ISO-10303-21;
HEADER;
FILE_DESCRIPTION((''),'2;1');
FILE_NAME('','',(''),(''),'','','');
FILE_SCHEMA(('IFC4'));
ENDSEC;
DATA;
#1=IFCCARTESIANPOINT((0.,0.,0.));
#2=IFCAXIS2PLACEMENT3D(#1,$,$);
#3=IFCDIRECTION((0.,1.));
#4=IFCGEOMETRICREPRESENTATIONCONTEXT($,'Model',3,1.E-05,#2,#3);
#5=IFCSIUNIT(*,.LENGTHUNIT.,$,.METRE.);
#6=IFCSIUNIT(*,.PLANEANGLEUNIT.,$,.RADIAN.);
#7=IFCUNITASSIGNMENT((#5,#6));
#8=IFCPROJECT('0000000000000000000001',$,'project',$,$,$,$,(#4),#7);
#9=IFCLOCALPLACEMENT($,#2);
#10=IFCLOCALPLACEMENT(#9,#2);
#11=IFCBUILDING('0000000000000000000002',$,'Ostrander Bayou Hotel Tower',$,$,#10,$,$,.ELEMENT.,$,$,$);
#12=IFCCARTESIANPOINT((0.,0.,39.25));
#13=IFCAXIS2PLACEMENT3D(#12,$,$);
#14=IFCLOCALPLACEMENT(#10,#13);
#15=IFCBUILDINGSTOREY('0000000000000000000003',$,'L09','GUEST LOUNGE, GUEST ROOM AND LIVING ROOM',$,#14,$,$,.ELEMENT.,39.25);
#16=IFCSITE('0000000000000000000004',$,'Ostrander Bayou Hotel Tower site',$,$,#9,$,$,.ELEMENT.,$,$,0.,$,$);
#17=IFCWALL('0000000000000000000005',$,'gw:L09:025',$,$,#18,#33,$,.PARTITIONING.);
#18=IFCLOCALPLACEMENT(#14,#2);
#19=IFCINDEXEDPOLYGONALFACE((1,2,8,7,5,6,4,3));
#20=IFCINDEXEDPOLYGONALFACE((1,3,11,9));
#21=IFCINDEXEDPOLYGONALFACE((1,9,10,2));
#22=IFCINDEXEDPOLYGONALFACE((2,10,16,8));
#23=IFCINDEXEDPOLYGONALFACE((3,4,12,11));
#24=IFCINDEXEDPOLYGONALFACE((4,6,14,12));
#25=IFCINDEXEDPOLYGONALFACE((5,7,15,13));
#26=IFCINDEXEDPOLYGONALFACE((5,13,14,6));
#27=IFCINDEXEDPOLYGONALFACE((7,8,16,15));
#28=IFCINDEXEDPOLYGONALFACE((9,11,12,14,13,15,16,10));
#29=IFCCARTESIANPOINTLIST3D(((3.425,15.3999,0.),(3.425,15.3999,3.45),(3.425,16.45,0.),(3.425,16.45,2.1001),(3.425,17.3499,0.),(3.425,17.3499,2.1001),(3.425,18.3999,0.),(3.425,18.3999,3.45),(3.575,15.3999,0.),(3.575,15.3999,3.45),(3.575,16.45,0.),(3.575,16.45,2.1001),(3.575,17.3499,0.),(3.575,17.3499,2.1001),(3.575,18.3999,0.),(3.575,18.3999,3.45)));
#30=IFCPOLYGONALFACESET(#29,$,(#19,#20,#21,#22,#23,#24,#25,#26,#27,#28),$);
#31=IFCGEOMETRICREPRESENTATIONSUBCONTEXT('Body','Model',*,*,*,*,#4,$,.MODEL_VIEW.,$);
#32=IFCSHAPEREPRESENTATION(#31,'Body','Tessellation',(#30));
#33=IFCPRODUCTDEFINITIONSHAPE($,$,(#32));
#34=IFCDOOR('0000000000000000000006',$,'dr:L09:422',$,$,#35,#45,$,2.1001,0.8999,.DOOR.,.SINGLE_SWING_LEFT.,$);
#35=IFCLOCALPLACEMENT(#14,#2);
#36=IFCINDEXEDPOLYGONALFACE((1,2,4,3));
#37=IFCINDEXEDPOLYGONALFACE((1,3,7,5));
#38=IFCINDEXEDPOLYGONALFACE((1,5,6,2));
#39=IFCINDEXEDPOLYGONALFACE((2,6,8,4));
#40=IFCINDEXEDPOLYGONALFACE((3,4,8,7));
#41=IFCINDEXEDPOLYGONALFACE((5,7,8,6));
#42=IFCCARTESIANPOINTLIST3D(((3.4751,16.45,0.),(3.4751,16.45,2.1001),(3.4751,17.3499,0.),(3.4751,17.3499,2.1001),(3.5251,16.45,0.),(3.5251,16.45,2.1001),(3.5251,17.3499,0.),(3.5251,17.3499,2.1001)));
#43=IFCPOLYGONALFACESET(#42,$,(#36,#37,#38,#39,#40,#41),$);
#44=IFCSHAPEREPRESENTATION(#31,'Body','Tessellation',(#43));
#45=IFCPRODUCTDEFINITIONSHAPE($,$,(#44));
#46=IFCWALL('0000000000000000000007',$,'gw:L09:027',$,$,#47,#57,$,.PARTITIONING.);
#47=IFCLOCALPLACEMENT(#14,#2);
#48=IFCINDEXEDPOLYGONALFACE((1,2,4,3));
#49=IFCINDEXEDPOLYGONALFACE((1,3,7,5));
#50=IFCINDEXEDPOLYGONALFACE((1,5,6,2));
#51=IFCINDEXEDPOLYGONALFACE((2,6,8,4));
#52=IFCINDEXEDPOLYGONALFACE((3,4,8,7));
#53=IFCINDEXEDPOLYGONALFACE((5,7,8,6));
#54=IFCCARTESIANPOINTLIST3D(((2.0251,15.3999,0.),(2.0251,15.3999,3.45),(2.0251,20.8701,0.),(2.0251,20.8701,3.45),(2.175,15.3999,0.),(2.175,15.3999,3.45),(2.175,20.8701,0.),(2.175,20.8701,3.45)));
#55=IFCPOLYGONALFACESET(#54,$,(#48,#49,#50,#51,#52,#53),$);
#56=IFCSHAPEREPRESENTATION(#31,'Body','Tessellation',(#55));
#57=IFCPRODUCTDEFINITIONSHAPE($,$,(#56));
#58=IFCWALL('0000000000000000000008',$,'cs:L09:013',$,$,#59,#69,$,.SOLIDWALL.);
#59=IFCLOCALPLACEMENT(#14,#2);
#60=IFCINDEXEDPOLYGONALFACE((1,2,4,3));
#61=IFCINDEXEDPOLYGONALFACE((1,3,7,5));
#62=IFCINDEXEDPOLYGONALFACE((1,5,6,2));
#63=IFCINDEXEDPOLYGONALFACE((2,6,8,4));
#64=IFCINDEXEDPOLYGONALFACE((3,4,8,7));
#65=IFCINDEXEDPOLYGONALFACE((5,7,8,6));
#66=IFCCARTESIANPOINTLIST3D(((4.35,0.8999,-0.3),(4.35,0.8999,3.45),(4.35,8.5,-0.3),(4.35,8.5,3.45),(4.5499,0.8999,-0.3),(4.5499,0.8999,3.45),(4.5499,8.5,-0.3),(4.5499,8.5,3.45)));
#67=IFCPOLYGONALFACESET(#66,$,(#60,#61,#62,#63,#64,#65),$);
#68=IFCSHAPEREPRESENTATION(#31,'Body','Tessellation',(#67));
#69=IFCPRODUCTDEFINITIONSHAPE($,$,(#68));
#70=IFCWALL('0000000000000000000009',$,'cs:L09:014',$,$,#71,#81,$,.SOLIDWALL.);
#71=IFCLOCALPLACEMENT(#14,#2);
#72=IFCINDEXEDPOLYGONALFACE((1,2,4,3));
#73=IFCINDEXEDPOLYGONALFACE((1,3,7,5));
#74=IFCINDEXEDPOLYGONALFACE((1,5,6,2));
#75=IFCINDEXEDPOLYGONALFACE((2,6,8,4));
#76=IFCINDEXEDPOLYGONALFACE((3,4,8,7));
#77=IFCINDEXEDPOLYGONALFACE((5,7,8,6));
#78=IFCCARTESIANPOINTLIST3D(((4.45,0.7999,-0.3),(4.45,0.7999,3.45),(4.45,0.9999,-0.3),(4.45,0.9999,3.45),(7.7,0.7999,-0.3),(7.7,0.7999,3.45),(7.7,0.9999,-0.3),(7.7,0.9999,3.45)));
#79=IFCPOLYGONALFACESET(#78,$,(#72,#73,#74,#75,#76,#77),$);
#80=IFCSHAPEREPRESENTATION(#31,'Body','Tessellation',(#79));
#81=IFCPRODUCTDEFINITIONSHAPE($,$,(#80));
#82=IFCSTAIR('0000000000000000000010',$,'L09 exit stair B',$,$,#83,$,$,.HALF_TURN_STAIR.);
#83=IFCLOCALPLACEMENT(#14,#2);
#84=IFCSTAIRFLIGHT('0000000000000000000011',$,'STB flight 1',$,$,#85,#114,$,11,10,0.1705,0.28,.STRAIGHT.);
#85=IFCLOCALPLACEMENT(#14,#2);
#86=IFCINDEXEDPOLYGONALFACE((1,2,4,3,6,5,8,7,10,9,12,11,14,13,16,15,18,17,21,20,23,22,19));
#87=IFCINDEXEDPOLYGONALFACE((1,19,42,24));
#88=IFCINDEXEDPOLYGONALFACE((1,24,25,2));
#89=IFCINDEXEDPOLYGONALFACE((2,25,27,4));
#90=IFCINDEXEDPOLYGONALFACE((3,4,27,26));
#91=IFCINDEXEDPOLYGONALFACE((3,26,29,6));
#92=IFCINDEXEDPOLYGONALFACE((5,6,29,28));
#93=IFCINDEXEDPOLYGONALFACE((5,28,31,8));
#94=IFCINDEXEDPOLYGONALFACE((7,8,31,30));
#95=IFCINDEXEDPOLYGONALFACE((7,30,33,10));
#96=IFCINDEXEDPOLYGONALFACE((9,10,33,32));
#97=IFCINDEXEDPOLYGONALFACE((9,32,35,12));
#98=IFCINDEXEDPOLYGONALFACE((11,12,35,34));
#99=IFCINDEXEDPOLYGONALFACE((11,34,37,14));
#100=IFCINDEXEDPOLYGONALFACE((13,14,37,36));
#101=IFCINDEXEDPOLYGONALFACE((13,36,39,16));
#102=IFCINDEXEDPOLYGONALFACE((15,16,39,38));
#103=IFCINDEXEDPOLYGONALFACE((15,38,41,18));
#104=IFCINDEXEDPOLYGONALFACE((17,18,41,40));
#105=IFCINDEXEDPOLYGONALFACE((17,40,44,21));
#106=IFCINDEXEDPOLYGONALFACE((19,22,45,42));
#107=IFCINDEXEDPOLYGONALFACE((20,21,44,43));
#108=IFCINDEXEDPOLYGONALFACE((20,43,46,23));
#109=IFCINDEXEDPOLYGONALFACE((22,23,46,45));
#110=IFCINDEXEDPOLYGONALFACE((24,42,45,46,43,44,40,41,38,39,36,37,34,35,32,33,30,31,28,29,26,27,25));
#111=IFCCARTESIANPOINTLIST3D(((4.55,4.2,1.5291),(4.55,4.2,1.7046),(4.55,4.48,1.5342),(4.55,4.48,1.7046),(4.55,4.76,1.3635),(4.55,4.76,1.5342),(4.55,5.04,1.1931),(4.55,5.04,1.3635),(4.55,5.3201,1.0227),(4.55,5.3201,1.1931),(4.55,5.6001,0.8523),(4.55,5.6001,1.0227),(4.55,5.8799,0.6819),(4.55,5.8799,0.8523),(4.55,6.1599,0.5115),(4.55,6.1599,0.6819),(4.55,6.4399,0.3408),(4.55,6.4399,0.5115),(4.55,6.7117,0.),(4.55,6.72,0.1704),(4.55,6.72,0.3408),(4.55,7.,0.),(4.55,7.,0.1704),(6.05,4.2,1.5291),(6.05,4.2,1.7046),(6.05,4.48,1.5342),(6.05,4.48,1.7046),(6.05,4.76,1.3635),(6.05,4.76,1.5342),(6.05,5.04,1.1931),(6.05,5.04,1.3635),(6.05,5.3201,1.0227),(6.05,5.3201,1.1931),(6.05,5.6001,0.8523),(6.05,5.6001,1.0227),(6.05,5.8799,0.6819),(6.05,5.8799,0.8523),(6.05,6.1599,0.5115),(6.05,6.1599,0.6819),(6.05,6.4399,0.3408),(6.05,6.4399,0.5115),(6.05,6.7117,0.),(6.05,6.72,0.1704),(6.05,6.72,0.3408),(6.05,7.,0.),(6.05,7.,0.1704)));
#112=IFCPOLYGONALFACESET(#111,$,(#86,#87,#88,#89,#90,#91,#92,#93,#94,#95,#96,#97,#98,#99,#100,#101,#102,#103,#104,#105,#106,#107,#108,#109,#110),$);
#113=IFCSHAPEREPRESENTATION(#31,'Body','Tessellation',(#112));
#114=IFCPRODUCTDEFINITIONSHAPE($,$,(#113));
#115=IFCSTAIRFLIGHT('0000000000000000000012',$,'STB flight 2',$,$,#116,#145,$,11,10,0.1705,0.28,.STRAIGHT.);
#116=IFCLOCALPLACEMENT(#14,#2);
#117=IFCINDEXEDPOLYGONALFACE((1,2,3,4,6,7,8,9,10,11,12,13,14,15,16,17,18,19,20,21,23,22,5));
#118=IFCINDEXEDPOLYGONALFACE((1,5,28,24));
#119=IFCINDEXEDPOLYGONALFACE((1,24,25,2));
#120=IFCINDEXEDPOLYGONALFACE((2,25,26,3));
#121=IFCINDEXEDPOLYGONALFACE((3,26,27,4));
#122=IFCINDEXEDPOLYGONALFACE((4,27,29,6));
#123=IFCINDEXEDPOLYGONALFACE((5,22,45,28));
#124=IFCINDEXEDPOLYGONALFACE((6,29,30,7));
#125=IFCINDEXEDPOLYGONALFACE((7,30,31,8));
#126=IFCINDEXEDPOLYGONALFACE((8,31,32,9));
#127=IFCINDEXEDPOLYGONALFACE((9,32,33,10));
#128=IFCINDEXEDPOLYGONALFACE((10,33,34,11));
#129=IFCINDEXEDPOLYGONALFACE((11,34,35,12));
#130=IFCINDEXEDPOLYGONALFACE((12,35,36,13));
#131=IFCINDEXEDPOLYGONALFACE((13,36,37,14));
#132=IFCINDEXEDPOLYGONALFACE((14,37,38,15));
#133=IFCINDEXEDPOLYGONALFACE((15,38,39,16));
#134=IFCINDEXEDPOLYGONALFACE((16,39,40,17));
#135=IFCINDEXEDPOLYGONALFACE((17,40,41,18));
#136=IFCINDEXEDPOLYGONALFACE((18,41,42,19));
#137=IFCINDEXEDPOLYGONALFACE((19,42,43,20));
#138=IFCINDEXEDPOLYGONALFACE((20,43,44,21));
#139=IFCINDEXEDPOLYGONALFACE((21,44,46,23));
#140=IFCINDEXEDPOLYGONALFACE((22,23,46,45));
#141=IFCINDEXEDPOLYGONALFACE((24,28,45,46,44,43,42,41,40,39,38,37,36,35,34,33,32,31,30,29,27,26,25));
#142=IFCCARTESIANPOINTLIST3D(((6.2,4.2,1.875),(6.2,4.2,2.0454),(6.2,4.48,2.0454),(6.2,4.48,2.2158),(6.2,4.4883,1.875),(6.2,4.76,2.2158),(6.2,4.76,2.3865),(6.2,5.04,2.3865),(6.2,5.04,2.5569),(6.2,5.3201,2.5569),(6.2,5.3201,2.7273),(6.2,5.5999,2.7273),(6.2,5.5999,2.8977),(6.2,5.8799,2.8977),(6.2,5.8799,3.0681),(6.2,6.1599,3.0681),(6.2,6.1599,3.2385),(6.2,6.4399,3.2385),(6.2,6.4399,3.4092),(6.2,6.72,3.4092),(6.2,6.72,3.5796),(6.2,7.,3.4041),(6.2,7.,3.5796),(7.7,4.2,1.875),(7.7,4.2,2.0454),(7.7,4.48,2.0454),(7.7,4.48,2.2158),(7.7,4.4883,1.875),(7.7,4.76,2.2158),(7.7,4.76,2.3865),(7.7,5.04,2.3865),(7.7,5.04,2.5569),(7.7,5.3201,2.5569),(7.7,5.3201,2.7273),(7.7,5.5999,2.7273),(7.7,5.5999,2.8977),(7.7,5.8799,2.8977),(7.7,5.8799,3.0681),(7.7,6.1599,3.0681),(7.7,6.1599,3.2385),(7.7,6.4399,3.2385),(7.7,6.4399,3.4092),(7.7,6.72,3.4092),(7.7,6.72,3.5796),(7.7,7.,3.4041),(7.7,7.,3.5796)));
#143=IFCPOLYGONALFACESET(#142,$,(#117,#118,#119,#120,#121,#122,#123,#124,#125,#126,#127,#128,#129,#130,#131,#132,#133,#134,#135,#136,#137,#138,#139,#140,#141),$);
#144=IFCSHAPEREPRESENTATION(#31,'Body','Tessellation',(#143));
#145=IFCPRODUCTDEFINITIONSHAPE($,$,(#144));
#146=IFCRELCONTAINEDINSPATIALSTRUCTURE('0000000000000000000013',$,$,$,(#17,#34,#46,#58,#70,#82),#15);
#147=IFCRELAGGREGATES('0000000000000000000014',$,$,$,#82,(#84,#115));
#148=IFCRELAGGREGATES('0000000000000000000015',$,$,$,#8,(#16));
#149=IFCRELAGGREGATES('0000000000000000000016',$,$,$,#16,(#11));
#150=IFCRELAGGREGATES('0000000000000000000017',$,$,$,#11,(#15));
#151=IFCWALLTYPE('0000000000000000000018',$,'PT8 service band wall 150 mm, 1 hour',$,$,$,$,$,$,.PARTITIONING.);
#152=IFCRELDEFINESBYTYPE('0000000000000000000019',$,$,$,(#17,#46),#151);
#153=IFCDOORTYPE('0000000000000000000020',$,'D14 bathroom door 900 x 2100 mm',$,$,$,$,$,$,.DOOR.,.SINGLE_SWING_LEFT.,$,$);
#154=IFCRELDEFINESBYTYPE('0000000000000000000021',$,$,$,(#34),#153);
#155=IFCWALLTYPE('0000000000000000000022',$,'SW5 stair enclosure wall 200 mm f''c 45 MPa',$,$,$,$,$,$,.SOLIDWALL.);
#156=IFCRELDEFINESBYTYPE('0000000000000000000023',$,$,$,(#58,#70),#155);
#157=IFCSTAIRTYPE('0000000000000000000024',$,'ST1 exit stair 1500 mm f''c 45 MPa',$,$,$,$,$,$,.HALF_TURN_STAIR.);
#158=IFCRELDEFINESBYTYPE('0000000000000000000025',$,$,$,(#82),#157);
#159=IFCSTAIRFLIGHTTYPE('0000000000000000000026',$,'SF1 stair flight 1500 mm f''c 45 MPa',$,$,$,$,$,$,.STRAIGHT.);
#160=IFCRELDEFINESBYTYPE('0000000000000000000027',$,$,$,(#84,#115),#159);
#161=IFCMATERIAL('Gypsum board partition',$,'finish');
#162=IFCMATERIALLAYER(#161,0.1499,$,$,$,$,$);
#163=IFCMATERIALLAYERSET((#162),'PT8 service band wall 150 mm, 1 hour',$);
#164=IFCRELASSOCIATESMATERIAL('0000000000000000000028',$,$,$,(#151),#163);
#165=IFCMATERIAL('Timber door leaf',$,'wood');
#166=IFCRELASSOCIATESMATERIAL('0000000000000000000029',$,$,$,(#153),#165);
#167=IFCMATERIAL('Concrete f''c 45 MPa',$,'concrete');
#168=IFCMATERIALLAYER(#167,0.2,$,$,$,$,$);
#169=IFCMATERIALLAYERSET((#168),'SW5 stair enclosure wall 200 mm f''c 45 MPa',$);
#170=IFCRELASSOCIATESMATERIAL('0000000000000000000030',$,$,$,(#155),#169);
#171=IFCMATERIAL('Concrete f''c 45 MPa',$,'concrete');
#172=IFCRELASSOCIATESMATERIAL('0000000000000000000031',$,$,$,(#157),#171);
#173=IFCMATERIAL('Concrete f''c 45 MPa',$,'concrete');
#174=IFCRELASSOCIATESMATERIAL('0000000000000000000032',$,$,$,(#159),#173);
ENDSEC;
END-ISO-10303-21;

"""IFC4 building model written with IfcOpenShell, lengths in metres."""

from ifc_helpers import new_model, si_unit, direction, frame, frame_2d, origin, place, context, subcontext, project, spatial, polyline, rectangle, outline, extrude, material, layer, layer_set, type_object, element, fill, aggregate, save


model = new_model("IFC4")

# Units and contexts
model_context = context("Model", 3, precision=1e-05, world=origin(), true_north=direction((0.0, 1.0)))
body_context = subcontext(model_context, "Body", "Model", "MODEL_VIEW")
ifc_project = project(units=[si_unit("LENGTHUNIT", "METRE"), si_unit("PLANEANGLEUNIT", "RADIAN")], contexts=[model_context])

# Site, building, storey
site_placement = place(None, origin())
site = spatial("IfcSite", under=ifc_project, at=site_placement, Name="Ostrander Bayou Hotel Tower site", CompositionType="ELEMENT", RefElevation=0.0)
building_placement = place(site_placement, origin())
building = spatial("IfcBuilding", under=site, at=building_placement, Name="Ostrander Bayou Hotel Tower", CompositionType="ELEMENT")
storey_placement = place(building_placement, frame((0.0, 0.0, 39.25)))
storey = spatial("IfcBuildingStorey", under=building, at=storey_placement, Name="L09", Description="GUEST LOUNGE, GUEST ROOM AND LIVING ROOM", CompositionType="ELEMENT", Elevation=39.25)

# Shared definitions
ifc_material_1 = material(Name="Gypsum board partition", Category="finish")
ifc_layer_1 = layer(ifc_material_1, 0.1499)
ifc_layer_set_1 = layer_set([ifc_layer_1], Name="PT8 service band wall 150 mm, 1 hour")
wall_type_1 = type_object("IfcWallType", Name="PT8 service band wall 150 mm, 1 hour", PredefinedType="PARTITIONING", material=ifc_layer_set_1)

# Wall, opening, door
wall_1_placement = place(storey_placement, frame((3.5, 15.3999, 0.0), z_axis=(0.0, 0.0, 1.0), x_axis=(0.0, 1.0, 0.0)))
wall_1 = element("IfcWall", 1, at=wall_1_placement, inside=storey, type_object=wall_type_1, Name="gw:L09:025", PredefinedType="PARTITIONING", context=body_context, shape_type="SweptSolid", body=[
    extrude(rectangle(XDim=3.0, YDim=0.1499, at=frame_2d((1.5, 0.0))), origin(), (0.0, 0.0, 1.0), 3.45),
])
opening_1_placement = place(wall_1_placement, frame((1.05, 0.0, 0.0)))
opening_1 = element("IfcOpeningElement", 2, at=opening_1_placement, cuts=wall_1, PredefinedType="OPENING", context=body_context, shape_type="SweptSolid", body=[
    extrude(rectangle(XDim=0.8999, YDim=2.1001, at=frame_2d((0.45, 1.05))), frame((0.0, 0.075, 0.0), z_axis=(0.0, -1.0, 0.0), x_axis=(1.0, 0.0, 0.0)), (0.0, 0.0, 1.0), 0.1499),
])
ifc_material_2 = material(Name="Timber door leaf", Category="wood")
door_type_1 = type_object("IfcDoorType", Name="D14 bathroom door 900 x 2100 mm", OperationType="SINGLE_SWING_LEFT", PredefinedType="DOOR", material=ifc_material_2)
door_1_placement = place(opening_1_placement, origin())
door_1 = element("IfcDoor", 3, at=door_1_placement, inside=storey, type_object=door_type_1, Name="dr:L09:422", OperationType="SINGLE_SWING_LEFT", OverallHeight=2.1001, OverallWidth=0.8999, PredefinedType="DOOR", context=body_context, shape_type="SweptSolid", body=[
    extrude(rectangle(XDim=0.8999, YDim=2.1001, at=frame_2d((0.45, 1.05))), frame((0.0, 0.0249, 0.0), z_axis=(0.0, -1.0, 0.0), x_axis=(1.0, 0.0, 0.0)), (0.0, 0.0, 1.0), 0.05),
])
fill(opening_1, door_1)

# Walls
wall_2_placement = place(storey_placement, frame((2.1001, 15.3999, 0.0), z_axis=(0.0, 0.0, 1.0), x_axis=(0.0, 1.0, 0.0)))
element("IfcWall", 4, at=wall_2_placement, inside=storey, type_object=wall_type_1, Name="gw:L09:027", PredefinedType="PARTITIONING", context=body_context, shape_type="SweptSolid", body=[
    extrude(rectangle(XDim=5.4702, YDim=0.1499, at=frame_2d((2.7351, 0.0))), origin(), (0.0, 0.0, 1.0), 3.45),
])
ifc_material_3 = material(Name="Concrete f'c 45 MPa", Category="concrete")
ifc_layer_2 = layer(ifc_material_3, 0.2)
ifc_layer_set_2 = layer_set([ifc_layer_2], Name="SW5 stair enclosure wall 200 mm f'c 45 MPa")
wall_type_2 = type_object("IfcWallType", Name="SW5 stair enclosure wall 200 mm f'c 45 MPa", PredefinedType="SOLIDWALL", material=ifc_layer_set_2)
wall_3_placement = place(storey_placement, frame((4.45, 0.8999, -0.3), z_axis=(0.0, 0.0, 1.0), x_axis=(0.0, 1.0, 0.0)))
element("IfcWall", 5, at=wall_3_placement, inside=storey, type_object=wall_type_2, Name="cs:L09:013", PredefinedType="SOLIDWALL", context=body_context, shape_type="SweptSolid", body=[
    extrude(rectangle(XDim=7.6001, YDim=0.2, at=frame_2d((3.8, 0.0))), origin(), (0.0, 0.0, 1.0), 3.75),
])
wall_4_placement = place(storey_placement, frame((4.45, 0.8999, -0.3), z_axis=(0.0, 0.0, 1.0), x_axis=(1.0, 0.0, 0.0)))
element("IfcWall", 6, at=wall_4_placement, inside=storey, type_object=wall_type_2, Name="cs:L09:014", PredefinedType="SOLIDWALL", context=body_context, shape_type="SweptSolid", body=[
    extrude(rectangle(XDim=3.25, YDim=0.2, at=frame_2d((1.625, 0.0))), origin(), (0.0, 0.0, 1.0), 3.75),
])

# Stair, stair flights
ifc_material_4 = material(Name="Concrete f'c 45 MPa", Category="concrete")
stair_type = type_object("IfcStairType", Name="ST1 exit stair 1500 mm f'c 45 MPa", PredefinedType="HALF_TURN_STAIR", material=ifc_material_4)
stair_placement = place(storey_placement, origin())
stair = element("IfcStair", 7, at=stair_placement, inside=storey, type_object=stair_type, Name="L09 exit stair B", PredefinedType="HALF_TURN_STAIR")
ifc_material_5 = material(Name="Concrete f'c 45 MPa", Category="concrete")
stair_flight_type = type_object("IfcStairFlightType", Name="SF1 stair flight 1500 mm f'c 45 MPa", PredefinedType="STRAIGHT", material=ifc_material_5)
stair_flight_1_placement = place(storey_placement, frame((5.3, 7.0, 0.0), z_axis=(0.0, 0.0, 1.0), x_axis=(0.0, -1.0, 0.0)))
stair_flight_1 = element("IfcStairFlight", 8, at=stair_flight_1_placement, type_object=stair_flight_type, Name="STB flight 1", NumberOfRisers=11, NumberOfTreads=10, PredefinedType="STRAIGHT", RiserHeight=0.1705, TreadLength=0.28, context=body_context, shape_type="SweptSolid", body=[
    extrude(outline(polyline([(0.0, 0.0), (0.0, 0.1704), (0.28, 0.1704), (0.28, 0.3408), (0.5601, 0.3408), (0.5601, 0.5115), (0.8401, 0.5115), (0.8401, 0.6819), (1.1201, 0.6819), (1.1201, 0.8523), (1.3999, 0.8523), (1.3999, 1.0227), (1.6799, 1.0227), (1.6799, 1.1931), (1.96, 1.1931), (1.96, 1.3635), (2.24, 1.3635), (2.24, 1.5342), (2.52, 1.5342), (2.52, 1.7046), (2.8, 1.7046), (2.8, 1.875), (2.8, 1.5291), (0.2883, 0.0), (0.0, 0.0)])), frame((0.0, 0.75, 0.0), z_axis=(0.0, -1.0, 0.0), x_axis=(1.0, 0.0, 0.0)), (0.0, 0.0, 1.0), 1.5),
])
stair_flight_2_placement = place(storey_placement, frame((6.95, 4.2, 1.875), z_axis=(0.0, 0.0, 1.0), x_axis=(0.0, 1.0, 0.0)))
stair_flight_2 = element("IfcStairFlight", 9, at=stair_flight_2_placement, type_object=stair_flight_type, Name="STB flight 2", NumberOfRisers=11, NumberOfTreads=10, PredefinedType="STRAIGHT", RiserHeight=0.1705, TreadLength=0.28, context=body_context, shape_type="SweptSolid", body=[
    extrude(outline(polyline([(0.0, 0.0), (0.0, 0.1704), (0.28, 0.1704), (0.28, 0.3408), (0.5601, 0.3408), (0.5601, 0.5115), (0.8401, 0.5115), (0.8401, 0.6819), (1.1201, 0.6819), (1.1201, 0.8523), (1.3999, 0.8523), (1.3999, 1.0227), (1.6799, 1.0227), (1.6799, 1.1931), (1.96, 1.1931), (1.96, 1.3635), (2.24, 1.3635), (2.24, 1.5342), (2.52, 1.5342), (2.52, 1.7046), (2.8, 1.7046), (2.8, 1.875), (2.8, 1.5291), (0.2883, 0.0), (0.0, 0.0)])), frame((0.0, 0.75, 0.0), z_axis=(0.0, -1.0, 0.0), x_axis=(1.0, 0.0, 0.0)), (0.0, 0.0, 1.0), 1.5),
])
aggregate(stair, [stair_flight_1, stair_flight_2])

save(model, "model.ifc")
